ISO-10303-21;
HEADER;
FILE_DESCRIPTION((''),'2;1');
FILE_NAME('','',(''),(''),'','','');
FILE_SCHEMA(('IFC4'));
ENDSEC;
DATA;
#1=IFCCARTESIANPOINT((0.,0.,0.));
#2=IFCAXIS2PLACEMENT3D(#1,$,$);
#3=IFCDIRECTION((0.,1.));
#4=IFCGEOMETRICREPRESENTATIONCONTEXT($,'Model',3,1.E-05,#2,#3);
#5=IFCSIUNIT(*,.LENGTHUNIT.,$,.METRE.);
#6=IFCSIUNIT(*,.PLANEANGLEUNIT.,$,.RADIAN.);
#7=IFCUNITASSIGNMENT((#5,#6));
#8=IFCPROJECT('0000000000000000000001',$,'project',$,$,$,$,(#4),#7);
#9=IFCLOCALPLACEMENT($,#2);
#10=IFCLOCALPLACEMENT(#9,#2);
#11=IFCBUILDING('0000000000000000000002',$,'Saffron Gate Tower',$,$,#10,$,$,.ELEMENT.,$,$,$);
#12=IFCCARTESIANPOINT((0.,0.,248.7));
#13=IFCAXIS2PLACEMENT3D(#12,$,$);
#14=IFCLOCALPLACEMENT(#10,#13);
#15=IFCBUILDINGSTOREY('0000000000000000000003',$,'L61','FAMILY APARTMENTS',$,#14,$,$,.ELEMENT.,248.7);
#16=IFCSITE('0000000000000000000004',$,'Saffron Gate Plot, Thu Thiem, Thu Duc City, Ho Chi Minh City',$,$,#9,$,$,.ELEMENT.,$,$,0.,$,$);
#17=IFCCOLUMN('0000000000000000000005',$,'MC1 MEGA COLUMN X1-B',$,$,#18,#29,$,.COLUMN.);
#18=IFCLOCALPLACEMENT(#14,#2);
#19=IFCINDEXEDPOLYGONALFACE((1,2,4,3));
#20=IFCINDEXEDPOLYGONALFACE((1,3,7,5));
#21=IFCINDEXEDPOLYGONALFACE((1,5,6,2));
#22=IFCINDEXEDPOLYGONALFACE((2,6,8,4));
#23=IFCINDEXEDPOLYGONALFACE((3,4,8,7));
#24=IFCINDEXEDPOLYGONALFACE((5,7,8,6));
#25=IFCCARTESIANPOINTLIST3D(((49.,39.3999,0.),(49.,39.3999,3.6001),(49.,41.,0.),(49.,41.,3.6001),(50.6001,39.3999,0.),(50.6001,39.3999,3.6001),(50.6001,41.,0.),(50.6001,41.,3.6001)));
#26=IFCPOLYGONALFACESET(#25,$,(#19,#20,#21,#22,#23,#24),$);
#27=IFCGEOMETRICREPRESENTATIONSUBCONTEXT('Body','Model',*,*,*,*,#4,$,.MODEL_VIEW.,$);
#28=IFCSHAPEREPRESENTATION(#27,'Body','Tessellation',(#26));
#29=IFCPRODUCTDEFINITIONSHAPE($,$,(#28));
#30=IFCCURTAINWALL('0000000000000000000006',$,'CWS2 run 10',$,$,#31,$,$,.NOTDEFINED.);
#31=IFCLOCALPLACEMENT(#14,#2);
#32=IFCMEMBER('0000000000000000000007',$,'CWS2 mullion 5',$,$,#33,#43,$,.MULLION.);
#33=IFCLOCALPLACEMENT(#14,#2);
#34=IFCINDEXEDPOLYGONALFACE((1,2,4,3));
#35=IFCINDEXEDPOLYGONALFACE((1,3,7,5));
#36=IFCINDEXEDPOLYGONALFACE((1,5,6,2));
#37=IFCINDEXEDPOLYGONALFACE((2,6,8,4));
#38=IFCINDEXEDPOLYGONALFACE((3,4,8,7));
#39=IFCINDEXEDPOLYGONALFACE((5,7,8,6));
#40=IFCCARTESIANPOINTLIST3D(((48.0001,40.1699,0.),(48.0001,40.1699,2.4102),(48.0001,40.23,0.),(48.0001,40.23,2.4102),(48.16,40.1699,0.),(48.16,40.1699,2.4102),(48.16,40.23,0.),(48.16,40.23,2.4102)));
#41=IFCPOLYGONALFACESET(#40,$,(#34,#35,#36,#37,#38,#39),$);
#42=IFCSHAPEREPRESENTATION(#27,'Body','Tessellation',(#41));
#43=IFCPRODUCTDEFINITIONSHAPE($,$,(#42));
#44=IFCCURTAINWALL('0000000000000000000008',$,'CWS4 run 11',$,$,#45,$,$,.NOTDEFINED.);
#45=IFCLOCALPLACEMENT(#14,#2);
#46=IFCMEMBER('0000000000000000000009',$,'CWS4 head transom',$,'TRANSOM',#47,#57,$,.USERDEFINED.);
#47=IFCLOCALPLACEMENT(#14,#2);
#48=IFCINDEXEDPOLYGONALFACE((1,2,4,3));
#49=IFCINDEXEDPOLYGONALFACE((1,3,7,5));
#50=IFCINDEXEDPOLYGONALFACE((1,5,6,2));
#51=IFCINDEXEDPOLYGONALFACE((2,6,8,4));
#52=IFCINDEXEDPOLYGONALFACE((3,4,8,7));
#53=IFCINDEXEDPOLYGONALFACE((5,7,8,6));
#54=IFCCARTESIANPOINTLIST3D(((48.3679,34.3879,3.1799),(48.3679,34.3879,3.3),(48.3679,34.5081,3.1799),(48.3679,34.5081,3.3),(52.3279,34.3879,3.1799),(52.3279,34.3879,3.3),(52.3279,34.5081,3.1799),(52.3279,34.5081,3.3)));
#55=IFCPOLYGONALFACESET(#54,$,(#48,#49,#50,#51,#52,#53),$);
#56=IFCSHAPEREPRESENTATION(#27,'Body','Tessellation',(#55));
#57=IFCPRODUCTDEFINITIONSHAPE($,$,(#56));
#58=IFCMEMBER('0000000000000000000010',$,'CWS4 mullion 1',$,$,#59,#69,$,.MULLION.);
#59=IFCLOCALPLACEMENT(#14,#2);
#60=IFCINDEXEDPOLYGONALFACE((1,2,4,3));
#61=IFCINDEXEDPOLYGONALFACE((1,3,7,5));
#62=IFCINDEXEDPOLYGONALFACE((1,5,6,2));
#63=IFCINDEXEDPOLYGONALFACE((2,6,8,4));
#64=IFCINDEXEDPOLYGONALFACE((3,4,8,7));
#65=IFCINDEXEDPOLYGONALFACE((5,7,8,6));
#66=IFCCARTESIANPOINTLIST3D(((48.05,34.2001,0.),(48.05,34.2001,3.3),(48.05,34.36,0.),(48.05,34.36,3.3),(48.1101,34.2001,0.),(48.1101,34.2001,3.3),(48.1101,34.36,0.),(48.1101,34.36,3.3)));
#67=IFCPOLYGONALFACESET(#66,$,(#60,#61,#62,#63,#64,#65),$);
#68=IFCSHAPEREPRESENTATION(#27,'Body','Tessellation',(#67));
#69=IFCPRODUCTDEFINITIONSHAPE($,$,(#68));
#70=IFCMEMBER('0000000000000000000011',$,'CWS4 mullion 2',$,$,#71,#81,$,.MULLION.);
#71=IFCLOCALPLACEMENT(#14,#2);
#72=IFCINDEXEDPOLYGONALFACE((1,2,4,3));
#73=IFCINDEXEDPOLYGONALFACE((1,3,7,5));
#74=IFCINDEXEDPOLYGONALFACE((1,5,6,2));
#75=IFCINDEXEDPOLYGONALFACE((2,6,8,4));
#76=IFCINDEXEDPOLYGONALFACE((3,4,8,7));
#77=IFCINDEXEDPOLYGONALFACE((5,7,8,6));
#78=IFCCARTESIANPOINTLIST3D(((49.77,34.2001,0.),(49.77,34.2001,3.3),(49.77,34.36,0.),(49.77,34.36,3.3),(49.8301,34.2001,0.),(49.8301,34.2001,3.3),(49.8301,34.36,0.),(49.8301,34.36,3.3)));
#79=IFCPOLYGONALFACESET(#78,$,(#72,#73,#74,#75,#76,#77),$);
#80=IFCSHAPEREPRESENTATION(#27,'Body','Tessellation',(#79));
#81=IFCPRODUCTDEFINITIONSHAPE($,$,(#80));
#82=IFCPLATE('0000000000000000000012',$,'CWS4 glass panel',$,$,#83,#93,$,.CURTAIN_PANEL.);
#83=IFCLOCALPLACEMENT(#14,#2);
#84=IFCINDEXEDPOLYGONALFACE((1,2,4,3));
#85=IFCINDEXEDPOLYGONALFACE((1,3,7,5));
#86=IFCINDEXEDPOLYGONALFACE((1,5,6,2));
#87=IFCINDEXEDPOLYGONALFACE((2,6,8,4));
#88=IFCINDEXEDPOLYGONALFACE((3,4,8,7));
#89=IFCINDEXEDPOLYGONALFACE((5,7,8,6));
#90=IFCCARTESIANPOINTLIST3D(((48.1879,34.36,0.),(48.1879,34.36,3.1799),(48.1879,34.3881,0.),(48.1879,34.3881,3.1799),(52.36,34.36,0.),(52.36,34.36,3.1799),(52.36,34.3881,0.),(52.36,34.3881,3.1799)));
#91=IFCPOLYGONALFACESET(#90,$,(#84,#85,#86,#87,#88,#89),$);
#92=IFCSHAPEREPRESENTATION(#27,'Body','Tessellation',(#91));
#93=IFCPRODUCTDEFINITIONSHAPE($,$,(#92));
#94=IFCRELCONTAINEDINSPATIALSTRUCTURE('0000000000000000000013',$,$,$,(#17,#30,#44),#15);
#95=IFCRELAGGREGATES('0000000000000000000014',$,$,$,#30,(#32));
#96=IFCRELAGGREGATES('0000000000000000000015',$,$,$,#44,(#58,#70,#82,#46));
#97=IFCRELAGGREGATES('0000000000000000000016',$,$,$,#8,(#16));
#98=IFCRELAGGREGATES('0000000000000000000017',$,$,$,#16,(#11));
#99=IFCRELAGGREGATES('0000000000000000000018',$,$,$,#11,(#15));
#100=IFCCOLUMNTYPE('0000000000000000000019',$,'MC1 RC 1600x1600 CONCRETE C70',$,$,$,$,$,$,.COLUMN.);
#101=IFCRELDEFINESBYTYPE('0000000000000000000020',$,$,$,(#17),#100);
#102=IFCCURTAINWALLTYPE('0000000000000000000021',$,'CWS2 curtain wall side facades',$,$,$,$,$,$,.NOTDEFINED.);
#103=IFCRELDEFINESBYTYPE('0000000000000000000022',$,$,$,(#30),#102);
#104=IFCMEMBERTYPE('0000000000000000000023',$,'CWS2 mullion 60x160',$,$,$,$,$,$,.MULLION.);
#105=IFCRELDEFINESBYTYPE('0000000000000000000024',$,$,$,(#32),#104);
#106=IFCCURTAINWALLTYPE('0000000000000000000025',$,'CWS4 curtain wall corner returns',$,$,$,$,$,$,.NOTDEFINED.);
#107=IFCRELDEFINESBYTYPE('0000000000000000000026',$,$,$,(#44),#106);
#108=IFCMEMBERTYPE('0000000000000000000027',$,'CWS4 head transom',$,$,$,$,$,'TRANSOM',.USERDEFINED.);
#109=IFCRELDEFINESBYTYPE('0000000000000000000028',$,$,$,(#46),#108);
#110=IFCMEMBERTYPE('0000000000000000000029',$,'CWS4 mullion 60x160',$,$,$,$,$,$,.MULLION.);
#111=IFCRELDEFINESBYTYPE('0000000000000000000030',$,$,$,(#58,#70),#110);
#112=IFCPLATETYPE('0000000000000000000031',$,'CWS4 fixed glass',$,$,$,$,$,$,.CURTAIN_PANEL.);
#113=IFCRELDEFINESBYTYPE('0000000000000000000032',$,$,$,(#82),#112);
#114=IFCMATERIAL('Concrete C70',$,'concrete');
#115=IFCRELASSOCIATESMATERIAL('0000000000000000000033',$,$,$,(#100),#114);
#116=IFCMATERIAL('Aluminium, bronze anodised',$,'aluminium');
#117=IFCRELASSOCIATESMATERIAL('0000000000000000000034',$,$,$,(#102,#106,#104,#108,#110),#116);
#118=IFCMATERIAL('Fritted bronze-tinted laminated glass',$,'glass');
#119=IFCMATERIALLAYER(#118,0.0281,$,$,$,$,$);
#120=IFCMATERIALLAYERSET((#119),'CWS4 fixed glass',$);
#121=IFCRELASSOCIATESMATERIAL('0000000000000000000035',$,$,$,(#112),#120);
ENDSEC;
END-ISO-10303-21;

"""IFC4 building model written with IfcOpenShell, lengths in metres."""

from ifc_helpers import new_model, si_unit, direction, frame, frame_2d, origin, origin_2d, place, context, subcontext, project, spatial, rectangle, extrude, material, layer, layer_set, material_profile, profile_set, type_object, element, aggregate, save


model = new_model("IFC4")

# Units and contexts
model_context = context("Model", 3, precision=1e-05, world=origin(), true_north=direction((0.0, 1.0)))
body_context = subcontext(model_context, "Body", "Model", "MODEL_VIEW")
ifc_project = project(units=[si_unit("LENGTHUNIT", "METRE"), si_unit("PLANEANGLEUNIT", "RADIAN")], contexts=[model_context])

# Site, building, storey
site_placement = place(None, origin())
site = spatial("IfcSite", under=ifc_project, at=site_placement, Name="Saffron Gate Plot, Thu Thiem, Thu Duc City, Ho Chi Minh City", CompositionType="ELEMENT", RefElevation=0.0)
building_placement = place(site_placement, origin())
building = spatial("IfcBuilding", under=site, at=building_placement, Name="Saffron Gate Tower", CompositionType="ELEMENT")
storey_placement = place(building_placement, frame((0.0, 0.0, 248.7)))
storey = spatial("IfcBuildingStorey", under=building, at=storey_placement, Name="L61", Description="FAMILY APARTMENTS", CompositionType="ELEMENT", Elevation=248.7)

# Column
ifc_material_1 = material(Name="Concrete C70", Category="concrete")
ifc_material_profile_1 = material_profile(ifc_material_1, rectangle(XDim=1.6001, YDim=1.6001, at=origin_2d()))
ifc_profile_set_1 = profile_set([ifc_material_profile_1], Name="Concrete C70")
column_type = type_object("IfcColumnType", Name="MC1 RC 1600x1600 CONCRETE C70", PredefinedType="COLUMN", material=ifc_profile_set_1)
column_placement = place(storey_placement, frame((49.8, 40.2, 0.0), z_axis=(0.0, 0.0, 1.0), x_axis=(1.0, 0.0, 0.0)))
element("IfcColumn", 1, at=column_placement, inside=storey, type_object=column_type, Name="MC1 MEGA COLUMN X1-B", PredefinedType="COLUMN", context=body_context, shape_type="SweptSolid", body=[
    extrude(rectangle(XDim=1.6001, YDim=1.6001, at=origin_2d()), origin(), (0.0, 0.0, 1.0), 3.6001),
])

# Curtain wall, member
ifc_material_2 = material(Name="Aluminium, bronze anodised", Category="aluminium")
curtain_wall_type_1 = type_object("IfcCurtainWallType", Name="CWS2 curtain wall side facades", PredefinedType="NOTDEFINED", material=ifc_material_2)
curtain_wall_1_placement = place(storey_placement, origin())
curtain_wall_1 = element("IfcCurtainWall", 2, at=curtain_wall_1_placement, inside=storey, type_object=curtain_wall_type_1, Name="CWS2 run 10", PredefinedType="NOTDEFINED")
ifc_material_profile_2 = material_profile(ifc_material_2, rectangle(XDim=0.1599, YDim=0.0601, at=origin_2d()))
ifc_profile_set_2 = profile_set([ifc_material_profile_2], Name="Aluminium, bronze anodised")
member_type_1 = type_object("IfcMemberType", Name="CWS2 mullion 60x160", PredefinedType="MULLION", material=ifc_profile_set_2)
member_1_placement = place(storey_placement, frame((48.0801, 40.2, 0.0), z_axis=(0.0, 0.0, 1.0), x_axis=(1.0, 0.0, 0.0)))
member_1 = element("IfcMember", 3, at=member_1_placement, type_object=member_type_1, Name="CWS2 mullion 5", PredefinedType="MULLION", context=body_context, shape_type="SweptSolid", body=[
    extrude(rectangle(XDim=0.1599, YDim=0.0601, at=origin_2d()), origin(), (0.0, 0.0, 1.0), 2.4102),
])
aggregate(curtain_wall_1, [member_1])

# Curtain wall, members, plate
curtain_wall_type_2 = type_object("IfcCurtainWallType", Name="CWS4 curtain wall corner returns", PredefinedType="NOTDEFINED", material=ifc_material_2)
curtain_wall_2_placement = place(storey_placement, origin())
curtain_wall_2 = element("IfcCurtainWall", 4, at=curtain_wall_2_placement, inside=storey, type_object=curtain_wall_type_2, Name="CWS4 run 11", PredefinedType="NOTDEFINED")
ifc_material_profile_3 = material_profile(ifc_material_2, rectangle(XDim=0.1201, YDim=0.1201, at=origin_2d()))
ifc_profile_set_3 = profile_set([ifc_material_profile_3], Name="Aluminium, bronze anodised")
member_type_2 = type_object("IfcMemberType", Name="CWS4 head transom", ElementType="TRANSOM", PredefinedType="USERDEFINED", material=ifc_profile_set_3)
member_2_placement = place(storey_placement, frame((48.3679, 34.448, 3.24), z_axis=(1.0, 0.0, 0.0), x_axis=(0.0, 1.0, 0.0)))
member_2 = element("IfcMember", 5, at=member_2_placement, type_object=member_type_2, Name="CWS4 head transom", ObjectType="TRANSOM", PredefinedType="USERDEFINED", context=body_context, shape_type="SweptSolid", body=[
    extrude(rectangle(XDim=0.1201, YDim=0.1201, at=origin_2d()), origin(), (0.0, 0.0, 1.0), 3.96),
])
ifc_material_profile_4 = material_profile(ifc_material_2, rectangle(XDim=0.1599, YDim=0.0601, at=origin_2d()))
ifc_profile_set_4 = profile_set([ifc_material_profile_4], Name="Aluminium, bronze anodised")
member_type_3 = type_object("IfcMemberType", Name="CWS4 mullion 60x160", PredefinedType="MULLION", material=ifc_profile_set_4)
member_3_placement = place(storey_placement, frame((48.0801, 34.28, 0.0), z_axis=(0.0, 0.0, 1.0), x_axis=(0.0, 1.0, 0.0)))
member_3 = element("IfcMember", 6, at=member_3_placement, type_object=member_type_3, Name="CWS4 mullion 1", PredefinedType="MULLION", context=body_context, shape_type="SweptSolid", body=[
    extrude(rectangle(XDim=0.1599, YDim=0.0601, at=origin_2d()), origin(), (0.0, 0.0, 1.0), 3.3),
])
member_4_placement = place(storey_placement, frame((49.8, 34.28, 0.0), z_axis=(0.0, 0.0, 1.0), x_axis=(0.0, 1.0, 0.0)))
member_4 = element("IfcMember", 7, at=member_4_placement, type_object=member_type_3, Name="CWS4 mullion 2", PredefinedType="MULLION", context=body_context, shape_type="SweptSolid", body=[
    extrude(rectangle(XDim=0.1599, YDim=0.0601, at=origin_2d()), origin(), (0.0, 0.0, 1.0), 3.3),
])
ifc_material_3 = material(Name="Fritted bronze-tinted laminated glass", Category="glass")
ifc_layer_1 = layer(ifc_material_3, 0.0281)
ifc_layer_set_1 = layer_set([ifc_layer_1], Name="CWS4 fixed glass")
plate_type = type_object("IfcPlateType", Name="CWS4 fixed glass", PredefinedType="CURTAIN_PANEL", material=ifc_layer_set_1)
plate_placement = place(storey_placement, frame((48.188, 34.374, 0.0), z_axis=(0.0, 0.0, 1.0), x_axis=(1.0, 0.0, 0.0)))
plate = element("IfcPlate", 8, at=plate_placement, type_object=plate_type, Name="CWS4 glass panel", PredefinedType="CURTAIN_PANEL", context=body_context, shape_type="SweptSolid", body=[
    extrude(rectangle(XDim=4.1721, YDim=0.0281, at=frame_2d((2.0859, 0.0))), origin(), (0.0, 0.0, 1.0), 3.1799),
])
aggregate(curtain_wall_2, [member_3, member_4, plate, member_2])

save(model, "model.ifc")
